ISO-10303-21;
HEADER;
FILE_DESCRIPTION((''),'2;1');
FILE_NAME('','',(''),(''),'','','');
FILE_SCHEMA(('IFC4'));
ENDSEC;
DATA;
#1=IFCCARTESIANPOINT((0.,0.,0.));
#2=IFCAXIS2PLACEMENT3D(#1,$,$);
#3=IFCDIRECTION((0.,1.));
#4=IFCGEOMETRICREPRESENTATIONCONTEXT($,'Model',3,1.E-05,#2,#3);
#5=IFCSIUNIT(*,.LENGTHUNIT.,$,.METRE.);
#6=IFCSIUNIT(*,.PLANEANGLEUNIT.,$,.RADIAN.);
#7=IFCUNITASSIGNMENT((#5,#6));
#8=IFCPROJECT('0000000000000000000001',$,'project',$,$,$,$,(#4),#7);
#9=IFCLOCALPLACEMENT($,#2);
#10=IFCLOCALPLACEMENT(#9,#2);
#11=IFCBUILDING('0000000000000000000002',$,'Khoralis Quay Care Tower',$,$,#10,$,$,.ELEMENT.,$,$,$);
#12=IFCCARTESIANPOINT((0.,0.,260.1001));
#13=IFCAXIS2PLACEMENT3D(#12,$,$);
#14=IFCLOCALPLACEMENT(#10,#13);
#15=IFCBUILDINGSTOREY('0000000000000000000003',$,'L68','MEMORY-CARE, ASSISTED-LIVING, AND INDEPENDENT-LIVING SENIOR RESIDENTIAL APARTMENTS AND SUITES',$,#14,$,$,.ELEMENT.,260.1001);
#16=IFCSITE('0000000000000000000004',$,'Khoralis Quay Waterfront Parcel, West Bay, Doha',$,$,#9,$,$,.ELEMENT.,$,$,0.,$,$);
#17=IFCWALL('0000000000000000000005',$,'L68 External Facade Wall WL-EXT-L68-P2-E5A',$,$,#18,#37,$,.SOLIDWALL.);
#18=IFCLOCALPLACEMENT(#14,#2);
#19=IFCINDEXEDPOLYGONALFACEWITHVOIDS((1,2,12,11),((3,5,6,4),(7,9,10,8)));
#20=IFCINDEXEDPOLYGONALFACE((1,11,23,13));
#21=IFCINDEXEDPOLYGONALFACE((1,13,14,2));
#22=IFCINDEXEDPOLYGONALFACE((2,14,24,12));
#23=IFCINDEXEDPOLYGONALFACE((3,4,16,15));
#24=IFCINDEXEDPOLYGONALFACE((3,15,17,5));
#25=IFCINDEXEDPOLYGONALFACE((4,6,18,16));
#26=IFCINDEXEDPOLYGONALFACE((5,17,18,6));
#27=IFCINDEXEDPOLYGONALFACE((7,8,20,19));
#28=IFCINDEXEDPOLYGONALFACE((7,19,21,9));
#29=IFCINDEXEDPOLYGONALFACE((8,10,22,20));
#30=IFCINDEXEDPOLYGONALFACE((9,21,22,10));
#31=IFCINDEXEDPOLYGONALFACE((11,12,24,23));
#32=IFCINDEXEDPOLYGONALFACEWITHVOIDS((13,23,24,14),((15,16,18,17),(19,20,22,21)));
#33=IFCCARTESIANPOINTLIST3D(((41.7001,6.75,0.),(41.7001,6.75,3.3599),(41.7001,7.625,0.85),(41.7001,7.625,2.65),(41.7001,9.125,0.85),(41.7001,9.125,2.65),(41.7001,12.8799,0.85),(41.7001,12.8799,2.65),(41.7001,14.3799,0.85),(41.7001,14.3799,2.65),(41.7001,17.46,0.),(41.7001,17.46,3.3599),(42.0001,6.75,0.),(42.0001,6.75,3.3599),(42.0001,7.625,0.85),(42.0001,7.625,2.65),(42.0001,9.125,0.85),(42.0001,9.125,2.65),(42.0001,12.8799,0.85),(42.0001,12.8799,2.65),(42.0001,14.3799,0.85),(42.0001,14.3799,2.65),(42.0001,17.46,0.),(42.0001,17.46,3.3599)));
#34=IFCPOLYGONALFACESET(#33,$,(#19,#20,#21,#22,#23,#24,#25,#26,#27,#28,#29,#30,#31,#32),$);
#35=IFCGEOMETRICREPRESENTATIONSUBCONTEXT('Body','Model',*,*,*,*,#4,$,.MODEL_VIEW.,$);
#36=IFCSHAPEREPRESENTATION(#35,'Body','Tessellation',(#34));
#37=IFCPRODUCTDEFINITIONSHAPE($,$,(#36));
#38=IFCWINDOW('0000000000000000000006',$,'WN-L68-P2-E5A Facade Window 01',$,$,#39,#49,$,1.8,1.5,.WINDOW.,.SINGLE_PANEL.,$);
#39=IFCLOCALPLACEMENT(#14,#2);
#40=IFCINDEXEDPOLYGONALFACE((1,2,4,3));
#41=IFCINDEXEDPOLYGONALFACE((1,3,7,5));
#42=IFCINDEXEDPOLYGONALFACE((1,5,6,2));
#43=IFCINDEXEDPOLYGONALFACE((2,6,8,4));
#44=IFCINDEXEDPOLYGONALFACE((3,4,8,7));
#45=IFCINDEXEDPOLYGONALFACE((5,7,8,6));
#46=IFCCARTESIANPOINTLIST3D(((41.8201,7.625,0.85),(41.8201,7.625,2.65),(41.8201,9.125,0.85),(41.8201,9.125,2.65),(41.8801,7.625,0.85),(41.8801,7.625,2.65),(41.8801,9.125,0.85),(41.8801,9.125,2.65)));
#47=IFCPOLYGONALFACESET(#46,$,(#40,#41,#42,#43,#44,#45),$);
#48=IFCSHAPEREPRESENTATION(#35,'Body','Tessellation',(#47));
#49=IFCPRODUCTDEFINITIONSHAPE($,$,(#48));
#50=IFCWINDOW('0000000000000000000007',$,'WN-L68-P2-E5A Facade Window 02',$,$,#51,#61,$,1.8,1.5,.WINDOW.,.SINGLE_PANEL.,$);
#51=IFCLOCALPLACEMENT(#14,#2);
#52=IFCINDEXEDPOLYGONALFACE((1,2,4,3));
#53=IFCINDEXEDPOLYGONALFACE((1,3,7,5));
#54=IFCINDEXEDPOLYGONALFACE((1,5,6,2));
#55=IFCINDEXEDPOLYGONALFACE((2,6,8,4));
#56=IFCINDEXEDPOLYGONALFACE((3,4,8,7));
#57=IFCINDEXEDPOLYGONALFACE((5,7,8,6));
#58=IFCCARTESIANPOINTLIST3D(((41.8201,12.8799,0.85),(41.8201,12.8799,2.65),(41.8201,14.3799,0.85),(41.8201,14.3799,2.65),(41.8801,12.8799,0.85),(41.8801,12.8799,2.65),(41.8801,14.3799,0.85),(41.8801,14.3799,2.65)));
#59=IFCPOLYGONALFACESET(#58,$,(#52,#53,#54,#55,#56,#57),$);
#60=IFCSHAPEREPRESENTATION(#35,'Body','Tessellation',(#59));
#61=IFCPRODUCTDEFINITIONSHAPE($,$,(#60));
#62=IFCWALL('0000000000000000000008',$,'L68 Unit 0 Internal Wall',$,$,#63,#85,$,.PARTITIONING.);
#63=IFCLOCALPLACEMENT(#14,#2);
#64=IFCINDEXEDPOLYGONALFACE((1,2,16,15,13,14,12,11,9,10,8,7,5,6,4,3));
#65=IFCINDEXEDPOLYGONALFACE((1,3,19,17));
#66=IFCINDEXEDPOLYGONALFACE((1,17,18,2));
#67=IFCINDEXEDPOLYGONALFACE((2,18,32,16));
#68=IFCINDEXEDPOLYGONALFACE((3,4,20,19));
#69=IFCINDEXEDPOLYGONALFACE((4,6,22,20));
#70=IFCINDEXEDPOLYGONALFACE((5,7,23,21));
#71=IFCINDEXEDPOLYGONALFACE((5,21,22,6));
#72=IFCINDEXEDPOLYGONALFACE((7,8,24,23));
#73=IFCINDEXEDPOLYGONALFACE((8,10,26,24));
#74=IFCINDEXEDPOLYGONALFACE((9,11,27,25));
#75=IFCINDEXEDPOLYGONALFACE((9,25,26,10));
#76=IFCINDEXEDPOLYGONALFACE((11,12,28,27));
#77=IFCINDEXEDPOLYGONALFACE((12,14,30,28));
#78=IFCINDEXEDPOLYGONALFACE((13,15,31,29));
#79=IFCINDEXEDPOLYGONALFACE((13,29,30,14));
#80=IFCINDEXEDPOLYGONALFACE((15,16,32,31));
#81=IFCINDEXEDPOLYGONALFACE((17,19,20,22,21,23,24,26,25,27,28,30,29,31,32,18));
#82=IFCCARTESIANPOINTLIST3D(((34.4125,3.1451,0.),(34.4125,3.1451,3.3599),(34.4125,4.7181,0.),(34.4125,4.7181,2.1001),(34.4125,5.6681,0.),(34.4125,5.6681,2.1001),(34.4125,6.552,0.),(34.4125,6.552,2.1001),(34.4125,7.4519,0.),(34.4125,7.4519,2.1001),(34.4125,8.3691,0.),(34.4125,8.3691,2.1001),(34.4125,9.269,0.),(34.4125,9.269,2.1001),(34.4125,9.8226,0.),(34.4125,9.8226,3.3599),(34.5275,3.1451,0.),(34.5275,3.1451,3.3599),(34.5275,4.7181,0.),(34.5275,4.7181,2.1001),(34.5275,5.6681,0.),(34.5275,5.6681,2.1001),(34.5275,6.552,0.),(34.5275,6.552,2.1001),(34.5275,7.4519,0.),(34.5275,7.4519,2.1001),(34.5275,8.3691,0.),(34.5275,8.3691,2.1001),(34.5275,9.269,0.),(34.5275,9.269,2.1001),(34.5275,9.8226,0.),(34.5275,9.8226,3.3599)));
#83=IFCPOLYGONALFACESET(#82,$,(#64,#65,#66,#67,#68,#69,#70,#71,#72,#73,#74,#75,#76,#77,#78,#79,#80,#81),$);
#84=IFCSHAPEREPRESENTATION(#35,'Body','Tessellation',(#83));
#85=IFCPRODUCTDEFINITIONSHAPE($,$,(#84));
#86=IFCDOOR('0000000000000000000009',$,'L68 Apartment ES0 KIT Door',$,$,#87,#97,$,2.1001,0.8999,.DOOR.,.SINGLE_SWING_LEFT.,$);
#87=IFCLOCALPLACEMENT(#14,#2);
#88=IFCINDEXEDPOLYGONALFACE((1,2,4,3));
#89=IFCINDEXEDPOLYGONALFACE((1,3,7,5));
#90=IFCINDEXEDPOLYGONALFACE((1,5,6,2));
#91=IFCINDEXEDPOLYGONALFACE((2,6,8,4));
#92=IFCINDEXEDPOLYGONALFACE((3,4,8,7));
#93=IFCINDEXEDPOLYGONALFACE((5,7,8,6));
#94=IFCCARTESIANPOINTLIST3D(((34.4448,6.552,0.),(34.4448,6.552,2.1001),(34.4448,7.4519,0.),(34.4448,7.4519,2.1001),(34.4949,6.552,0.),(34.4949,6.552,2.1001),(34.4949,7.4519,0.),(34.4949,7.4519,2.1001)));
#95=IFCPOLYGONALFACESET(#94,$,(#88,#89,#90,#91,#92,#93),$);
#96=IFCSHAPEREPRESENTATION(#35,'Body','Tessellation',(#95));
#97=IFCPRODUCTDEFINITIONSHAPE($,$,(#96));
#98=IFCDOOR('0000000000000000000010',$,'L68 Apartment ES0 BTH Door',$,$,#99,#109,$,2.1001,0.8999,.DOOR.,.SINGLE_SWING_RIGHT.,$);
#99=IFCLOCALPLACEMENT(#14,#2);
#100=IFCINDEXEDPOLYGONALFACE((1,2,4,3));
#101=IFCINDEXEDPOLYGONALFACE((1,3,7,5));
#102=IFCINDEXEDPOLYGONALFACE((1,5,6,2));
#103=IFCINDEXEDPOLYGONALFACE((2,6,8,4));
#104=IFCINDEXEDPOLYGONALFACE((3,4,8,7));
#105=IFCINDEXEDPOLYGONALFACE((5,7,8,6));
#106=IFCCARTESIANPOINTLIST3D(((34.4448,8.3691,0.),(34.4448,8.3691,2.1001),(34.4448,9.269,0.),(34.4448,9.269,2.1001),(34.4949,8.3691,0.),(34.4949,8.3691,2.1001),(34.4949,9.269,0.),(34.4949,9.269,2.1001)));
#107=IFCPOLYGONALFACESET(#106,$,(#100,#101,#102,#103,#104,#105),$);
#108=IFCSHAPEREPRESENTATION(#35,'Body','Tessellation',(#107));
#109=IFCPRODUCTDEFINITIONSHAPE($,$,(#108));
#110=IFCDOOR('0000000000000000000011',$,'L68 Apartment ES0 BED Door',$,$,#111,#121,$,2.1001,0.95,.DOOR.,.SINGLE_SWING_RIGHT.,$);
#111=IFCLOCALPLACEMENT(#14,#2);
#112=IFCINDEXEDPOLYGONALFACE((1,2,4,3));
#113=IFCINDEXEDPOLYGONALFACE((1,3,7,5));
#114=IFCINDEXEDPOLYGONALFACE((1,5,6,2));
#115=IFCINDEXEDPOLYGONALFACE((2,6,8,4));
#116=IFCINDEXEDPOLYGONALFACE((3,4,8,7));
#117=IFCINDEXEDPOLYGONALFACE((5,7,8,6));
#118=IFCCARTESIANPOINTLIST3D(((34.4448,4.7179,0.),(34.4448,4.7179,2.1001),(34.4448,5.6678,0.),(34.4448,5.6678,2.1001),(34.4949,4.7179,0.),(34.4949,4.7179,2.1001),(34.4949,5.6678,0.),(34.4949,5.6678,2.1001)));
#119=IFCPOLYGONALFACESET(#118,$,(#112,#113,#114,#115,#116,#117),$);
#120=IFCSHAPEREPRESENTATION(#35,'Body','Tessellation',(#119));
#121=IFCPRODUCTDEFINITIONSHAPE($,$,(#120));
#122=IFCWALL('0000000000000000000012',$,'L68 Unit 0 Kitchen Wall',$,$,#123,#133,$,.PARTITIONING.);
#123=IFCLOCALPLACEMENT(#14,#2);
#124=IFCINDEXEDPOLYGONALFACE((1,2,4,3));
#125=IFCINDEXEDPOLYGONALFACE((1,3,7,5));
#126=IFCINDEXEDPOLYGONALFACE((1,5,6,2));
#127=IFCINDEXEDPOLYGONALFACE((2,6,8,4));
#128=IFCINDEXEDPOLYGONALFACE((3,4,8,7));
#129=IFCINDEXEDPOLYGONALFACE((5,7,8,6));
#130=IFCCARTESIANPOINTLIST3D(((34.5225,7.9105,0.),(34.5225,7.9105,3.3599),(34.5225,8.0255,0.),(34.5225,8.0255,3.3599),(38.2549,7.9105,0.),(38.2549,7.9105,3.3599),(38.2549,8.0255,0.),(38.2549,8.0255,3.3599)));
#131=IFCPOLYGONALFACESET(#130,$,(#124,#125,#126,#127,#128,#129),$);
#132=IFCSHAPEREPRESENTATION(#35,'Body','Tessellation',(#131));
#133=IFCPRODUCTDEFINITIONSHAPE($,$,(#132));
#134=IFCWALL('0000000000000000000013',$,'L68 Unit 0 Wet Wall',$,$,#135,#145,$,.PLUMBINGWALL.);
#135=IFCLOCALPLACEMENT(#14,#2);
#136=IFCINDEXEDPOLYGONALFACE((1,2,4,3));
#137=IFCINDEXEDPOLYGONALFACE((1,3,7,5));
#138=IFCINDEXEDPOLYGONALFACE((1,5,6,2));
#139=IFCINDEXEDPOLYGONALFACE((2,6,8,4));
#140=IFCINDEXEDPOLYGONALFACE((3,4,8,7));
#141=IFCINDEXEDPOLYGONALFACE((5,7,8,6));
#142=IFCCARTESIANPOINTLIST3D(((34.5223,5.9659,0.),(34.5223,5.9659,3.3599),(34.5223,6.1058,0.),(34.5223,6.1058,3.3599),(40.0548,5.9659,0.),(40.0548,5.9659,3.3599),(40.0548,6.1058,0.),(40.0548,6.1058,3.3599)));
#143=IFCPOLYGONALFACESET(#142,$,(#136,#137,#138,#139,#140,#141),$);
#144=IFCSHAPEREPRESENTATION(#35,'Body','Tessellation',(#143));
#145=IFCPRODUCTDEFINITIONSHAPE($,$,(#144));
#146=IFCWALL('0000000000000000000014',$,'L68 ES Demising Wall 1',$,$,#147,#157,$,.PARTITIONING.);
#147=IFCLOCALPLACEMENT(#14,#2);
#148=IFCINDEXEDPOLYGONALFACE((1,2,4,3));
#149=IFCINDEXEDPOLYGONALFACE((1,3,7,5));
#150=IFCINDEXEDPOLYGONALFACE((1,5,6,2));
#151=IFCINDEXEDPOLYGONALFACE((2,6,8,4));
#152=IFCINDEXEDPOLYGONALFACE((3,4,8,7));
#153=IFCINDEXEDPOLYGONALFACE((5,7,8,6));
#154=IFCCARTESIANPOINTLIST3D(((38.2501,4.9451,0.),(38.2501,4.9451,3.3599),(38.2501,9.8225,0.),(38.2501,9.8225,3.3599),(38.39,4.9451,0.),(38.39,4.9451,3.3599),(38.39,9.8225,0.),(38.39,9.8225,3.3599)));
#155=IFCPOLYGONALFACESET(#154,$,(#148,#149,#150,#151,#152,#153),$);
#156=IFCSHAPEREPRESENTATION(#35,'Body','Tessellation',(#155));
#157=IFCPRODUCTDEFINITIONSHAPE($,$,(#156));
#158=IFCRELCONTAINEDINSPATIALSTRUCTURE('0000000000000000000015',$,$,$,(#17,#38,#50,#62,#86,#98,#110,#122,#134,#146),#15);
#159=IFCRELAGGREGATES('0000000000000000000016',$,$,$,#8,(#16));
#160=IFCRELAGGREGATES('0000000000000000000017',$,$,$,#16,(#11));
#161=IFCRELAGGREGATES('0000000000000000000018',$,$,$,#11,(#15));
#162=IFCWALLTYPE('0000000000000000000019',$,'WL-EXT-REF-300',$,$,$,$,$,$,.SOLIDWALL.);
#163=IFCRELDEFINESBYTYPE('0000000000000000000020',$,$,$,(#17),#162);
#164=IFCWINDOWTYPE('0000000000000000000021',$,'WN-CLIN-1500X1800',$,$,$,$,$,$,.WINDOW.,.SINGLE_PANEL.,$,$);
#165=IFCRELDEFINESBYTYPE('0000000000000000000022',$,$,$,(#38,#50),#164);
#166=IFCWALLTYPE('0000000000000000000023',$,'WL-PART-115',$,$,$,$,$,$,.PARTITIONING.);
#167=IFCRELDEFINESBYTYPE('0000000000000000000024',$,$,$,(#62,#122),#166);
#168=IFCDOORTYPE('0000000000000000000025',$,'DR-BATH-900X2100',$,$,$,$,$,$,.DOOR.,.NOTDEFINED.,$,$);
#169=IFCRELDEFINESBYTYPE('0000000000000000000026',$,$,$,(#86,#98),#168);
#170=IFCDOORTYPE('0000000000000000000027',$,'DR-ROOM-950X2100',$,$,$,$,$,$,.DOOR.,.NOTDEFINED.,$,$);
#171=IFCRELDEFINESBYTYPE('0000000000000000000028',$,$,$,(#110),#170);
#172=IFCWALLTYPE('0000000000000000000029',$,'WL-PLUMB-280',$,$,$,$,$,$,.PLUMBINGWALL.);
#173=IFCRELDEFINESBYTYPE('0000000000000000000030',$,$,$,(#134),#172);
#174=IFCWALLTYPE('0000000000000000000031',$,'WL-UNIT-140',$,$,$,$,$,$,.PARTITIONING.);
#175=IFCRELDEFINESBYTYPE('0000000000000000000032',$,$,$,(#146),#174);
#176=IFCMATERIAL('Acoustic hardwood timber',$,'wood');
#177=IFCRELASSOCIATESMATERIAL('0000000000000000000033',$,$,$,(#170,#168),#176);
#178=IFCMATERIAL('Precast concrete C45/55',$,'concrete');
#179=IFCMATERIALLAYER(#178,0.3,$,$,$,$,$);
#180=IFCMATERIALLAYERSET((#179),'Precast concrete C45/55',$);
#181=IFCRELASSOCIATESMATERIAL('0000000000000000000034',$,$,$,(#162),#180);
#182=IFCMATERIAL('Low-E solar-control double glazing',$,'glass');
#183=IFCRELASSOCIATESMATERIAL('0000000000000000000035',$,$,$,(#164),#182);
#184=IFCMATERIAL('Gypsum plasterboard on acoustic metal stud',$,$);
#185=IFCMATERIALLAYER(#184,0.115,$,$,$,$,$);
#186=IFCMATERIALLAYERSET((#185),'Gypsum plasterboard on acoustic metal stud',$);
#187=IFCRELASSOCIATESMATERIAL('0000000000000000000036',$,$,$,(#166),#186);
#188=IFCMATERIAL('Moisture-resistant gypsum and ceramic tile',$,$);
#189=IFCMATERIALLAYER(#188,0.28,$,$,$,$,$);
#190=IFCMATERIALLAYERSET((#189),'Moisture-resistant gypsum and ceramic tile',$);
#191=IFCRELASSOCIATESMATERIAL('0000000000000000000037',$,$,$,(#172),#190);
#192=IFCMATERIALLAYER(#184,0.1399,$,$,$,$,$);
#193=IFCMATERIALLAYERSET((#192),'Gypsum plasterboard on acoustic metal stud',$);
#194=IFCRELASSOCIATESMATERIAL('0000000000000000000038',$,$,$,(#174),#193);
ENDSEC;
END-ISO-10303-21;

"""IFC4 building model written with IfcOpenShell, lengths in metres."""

from ifc_helpers import new_model, si_unit, direction, frame, frame_2d, origin, place, context, subcontext, project, spatial, rectangle, extrude, source, transform, mapped, material, layer, layer_set, type_object, element, fill, save


model = new_model("IFC4")

# Units and contexts
model_context = context("Model", 3, precision=1e-05, world=origin(), true_north=direction((0.0, 1.0)))
body_context = subcontext(model_context, "Body", "Model", "MODEL_VIEW")
ifc_project = project(units=[si_unit("LENGTHUNIT", "METRE"), si_unit("PLANEANGLEUNIT", "RADIAN")], contexts=[model_context])

# Site, building, storey
site_placement = place(None, origin())
site = spatial("IfcSite", under=ifc_project, at=site_placement, Name="Khoralis Quay Waterfront Parcel, West Bay, Doha", CompositionType="ELEMENT", RefElevation=0.0)
building_placement = place(site_placement, origin())
building = spatial("IfcBuilding", under=site, at=building_placement, Name="Khoralis Quay Care Tower", CompositionType="ELEMENT")
storey_placement = place(building_placement, frame((0.0, 0.0, 260.1001)))
storey = spatial("IfcBuildingStorey", under=building, at=storey_placement, Name="L68", Description="MEMORY-CARE, ASSISTED-LIVING, AND INDEPENDENT-LIVING SENIOR RESIDENTIAL APARTMENTS AND SUITES", CompositionType="ELEMENT", Elevation=260.1001)

# Shared definitions
ifc_material_1 = material(Name="Gypsum plasterboard on acoustic metal stud")

# Shared definitions
ifc_material_2 = material(Name="Acoustic hardwood timber", Category="wood")
door_type_1 = type_object("IfcDoorType", Name="DR-ROOM-950X2100", OperationType="NOTDEFINED", PredefinedType="DOOR", material=ifc_material_2)
shared_shape_1 = source(origin(), body_context, "Body", "SweptSolid", [
    extrude(rectangle(XDim=0.95, YDim=2.1001, at=frame_2d((0.4751, 1.05))), frame((0.0, 0.0249, 0.0), z_axis=(0.0, -1.0, 0.0), x_axis=(1.0, 0.0, 0.0)), (0.0, 0.0, 1.0), 0.05),
])

# Shared definitions
ifc_material_3 = material(Name="Precast concrete C45/55", Category="concrete")
ifc_layer_1 = layer(ifc_material_3, 0.3)
ifc_layer_set_1 = layer_set([ifc_layer_1], Name="Precast concrete C45/55")
wall_type_1 = type_object("IfcWallType", Name="WL-EXT-REF-300", PredefinedType="SOLIDWALL", material=ifc_layer_set_1)

# Wall, openings, windows
wall_1_placement = place(storey_placement, frame((41.8501, 6.75, 0.0), z_axis=(0.0, 0.0, 1.0), x_axis=(0.0, 1.0, 0.0)))
wall_1 = element("IfcWall", 1, at=wall_1_placement, inside=storey, type_object=wall_type_1, Name="L68 External Facade Wall WL-EXT-L68-P2-E5A", PredefinedType="SOLIDWALL", context=body_context, shape_type="SweptSolid", body=[
    extrude(rectangle(XDim=10.71, YDim=0.3, at=frame_2d((5.355, 0.0))), origin(), (0.0, 0.0, 1.0), 3.3599),
])
opening_1_placement = place(wall_1_placement, frame((0.875, 0.0, 0.8501)))
opening_1 = element("IfcOpeningElement", 2, at=opening_1_placement, cuts=wall_1, PredefinedType="OPENING", context=body_context, shape_type="SweptSolid", body=[
    extrude(rectangle(XDim=1.5, YDim=1.8, at=frame_2d((0.75, 0.8999))), frame((0.0, 0.1602, 0.0), z_axis=(0.0, -1.0, 0.0), x_axis=(1.0, 0.0, 0.0)), (0.0, 0.0, 1.0), 0.3201),
])
opening_2_placement = place(wall_1_placement, frame((6.1299, 0.0, 0.8501)))
opening_2 = element("IfcOpeningElement", 3, at=opening_2_placement, cuts=wall_1, PredefinedType="OPENING", context=body_context, shape_type="SweptSolid", body=[
    extrude(rectangle(XDim=1.5, YDim=1.8, at=frame_2d((0.75, 0.8999))), frame((0.0, 0.1602, 0.0), z_axis=(0.0, -1.0, 0.0), x_axis=(1.0, 0.0, 0.0)), (0.0, 0.0, 1.0), 0.3201),
])
ifc_material_4 = material(Name="Low-E solar-control double glazing", Category="glass")
window_type = type_object("IfcWindowType", Name="WN-CLIN-1500X1800", PartitioningType="SINGLE_PANEL", PredefinedType="WINDOW", material=ifc_material_4)
shared_shape_2 = source(origin(), body_context, "Body", "SweptSolid", [
    extrude(rectangle(XDim=1.5, YDim=1.8, at=frame_2d((0.75, 0.8999))), frame((0.0, 0.03, 0.0), z_axis=(0.0, -1.0, 0.0), x_axis=(1.0, 0.0, 0.0)), (0.0, 0.0, 1.0), 0.0601),
])
window_1_placement = place(opening_1_placement, origin())
window_1 = element("IfcWindow", 4, at=window_1_placement, inside=storey, type_object=window_type, Name="WN-L68-P2-E5A Facade Window 01", OverallHeight=1.8, OverallWidth=1.5, PartitioningType="SINGLE_PANEL", PredefinedType="WINDOW", context=body_context, shape_type="MappedRepresentation", body=[
    mapped(shared_shape_2, transform((0.0, 0.0, 0.0), scale=1.0)),
])
fill(opening_1, window_1)
window_2_placement = place(opening_2_placement, origin())
window_2 = element("IfcWindow", 5, at=window_2_placement, inside=storey, type_object=window_type, Name="WN-L68-P2-E5A Facade Window 02", OverallHeight=1.8, OverallWidth=1.5, PartitioningType="SINGLE_PANEL", PredefinedType="WINDOW", context=body_context, shape_type="MappedRepresentation", body=[
    mapped(shared_shape_2, transform((0.0, 0.0, 0.0), scale=1.0)),
])
fill(opening_2, window_2)

# Wall, openings, doors
ifc_layer_2 = layer(ifc_material_1, 0.115)
ifc_layer_set_2 = layer_set([ifc_layer_2], Name="Gypsum plasterboard on acoustic metal stud")
wall_type_2 = type_object("IfcWallType", Name="WL-PART-115", PredefinedType="PARTITIONING", material=ifc_layer_set_2)
wall_2_placement = place(storey_placement, frame((34.47, 3.145, 0.0), z_axis=(0.0, 0.0, 1.0), x_axis=(0.0, 1.0, 0.0)))
wall_2 = element("IfcWall", 6, at=wall_2_placement, inside=storey, type_object=wall_type_2, Name="L68 Unit 0 Internal Wall", PredefinedType="PARTITIONING", context=body_context, shape_type="SweptSolid", body=[
    extrude(rectangle(XDim=6.6775, YDim=0.115, at=frame_2d((3.3389, 0.0))), origin(), (0.0, 0.0, 1.0), 3.3599),
])
opening_3_placement = place(wall_2_placement, frame((1.573, 0.0, 0.0)))
opening_3 = element("IfcOpeningElement", 7, at=opening_3_placement, cuts=wall_2, PredefinedType="OPENING", context=body_context, shape_type="SweptSolid", body=[
    extrude(rectangle(XDim=0.95, YDim=2.1001, at=frame_2d((0.4751, 1.05))), frame((0.0, 0.0674, 0.0), z_axis=(0.0, -1.0, 0.0), x_axis=(1.0, 0.0, 0.0)), (0.0, 0.0, 1.0), 0.135),
])
opening_4_placement = place(wall_2_placement, frame((3.407, 0.0, 0.0)))
opening_4 = element("IfcOpeningElement", 8, at=opening_4_placement, cuts=wall_2, PredefinedType="OPENING", context=body_context, shape_type="SweptSolid", body=[
    extrude(rectangle(XDim=0.8999, YDim=2.1001, at=frame_2d((0.45, 1.05))), frame((0.0, 0.0674, 0.0), z_axis=(0.0, -1.0, 0.0), x_axis=(1.0, 0.0, 0.0)), (0.0, 0.0, 1.0), 0.135),
])
opening_5_placement = place(wall_2_placement, frame((5.2241, 0.0, 0.0)))
opening_5 = element("IfcOpeningElement", 9, at=opening_5_placement, cuts=wall_2, PredefinedType="OPENING", context=body_context, shape_type="SweptSolid", body=[
    extrude(rectangle(XDim=0.8999, YDim=2.1001, at=frame_2d((0.45, 1.05))), frame((0.0, 0.0674, 0.0), z_axis=(0.0, -1.0, 0.0), x_axis=(1.0, 0.0, 0.0)), (0.0, 0.0, 1.0), 0.135),
])
door_type_2 = type_object("IfcDoorType", Name="DR-BATH-900X2100", OperationType="NOTDEFINED", PredefinedType="DOOR", material=ifc_material_2)
shared_shape_3 = source(origin(), body_context, "Body", "SweptSolid", [
    extrude(rectangle(XDim=0.8999, YDim=2.1001, at=frame_2d((0.45, 1.05))), frame((0.0, 0.0249, 0.0), z_axis=(0.0, -1.0, 0.0), x_axis=(1.0, 0.0, 0.0)), (0.0, 0.0, 1.0), 0.05),
])
door_1_placement = place(opening_4_placement, frame((0.8999, 0.0, 0.0), z_axis=(0.0, 0.0, 1.0), x_axis=(-1.0, 0.0, 0.0)))
door_1 = element("IfcDoor", 10, at=door_1_placement, inside=storey, type_object=door_type_2, Name="L68 Apartment ES0 KIT Door", OperationType="SINGLE_SWING_LEFT", OverallHeight=2.1001, OverallWidth=0.8999, PredefinedType="DOOR", context=body_context, shape_type="MappedRepresentation", body=[
    mapped(shared_shape_3, transform((0.0, 0.0, 0.0), scale=1.0)),
])
fill(opening_4, door_1)
door_2_placement = place(opening_5_placement, frame((0.8999, 0.0, 0.0), z_axis=(0.0, 0.0, 1.0), x_axis=(-1.0, 0.0, 0.0)))
door_2 = element("IfcDoor", 11, at=door_2_placement, inside=storey, type_object=door_type_2, Name="L68 Apartment ES0 BTH Door", OperationType="SINGLE_SWING_RIGHT", OverallHeight=2.1001, OverallWidth=0.8999, PredefinedType="DOOR", context=body_context, shape_type="MappedRepresentation", body=[
    mapped(shared_shape_3, transform((0.0, 0.0, 0.0), scale=1.0)),
])
fill(opening_5, door_2)
door_3_placement = place(opening_3_placement, frame((0.95, 0.0, 0.0), z_axis=(0.0, 0.0, 1.0), x_axis=(-1.0, 0.0, 0.0)))
door_3 = element("IfcDoor", 12, at=door_3_placement, inside=storey, type_object=door_type_1, Name="L68 Apartment ES0 BED Door", OperationType="SINGLE_SWING_RIGHT", OverallHeight=2.1001, OverallWidth=0.95, PredefinedType="DOOR", context=body_context, shape_type="MappedRepresentation", body=[
    mapped(shared_shape_1, transform((0.0, 0.0, 0.0), scale=1.0)),
])
fill(opening_3, door_3)

# Walls
wall_3_placement = place(storey_placement, frame((34.5225, 7.968, 0.0), z_axis=(0.0, 0.0, 1.0), x_axis=(1.0, 0.0, 0.0)))
element("IfcWall", 13, at=wall_3_placement, inside=storey, type_object=wall_type_2, Name="L68 Unit 0 Kitchen Wall", PredefinedType="PARTITIONING", context=body_context, shape_type="SweptSolid", body=[
    extrude(rectangle(XDim=3.7324, YDim=0.115, at=frame_2d((1.8662, 0.0))), origin(), (0.0, 0.0, 1.0), 3.3599),
])
ifc_material_5 = material(Name="Moisture-resistant gypsum and ceramic tile")
ifc_layer_3 = layer(ifc_material_5, 0.28)
ifc_layer_set_3 = layer_set([ifc_layer_3], Name="Moisture-resistant gypsum and ceramic tile")
wall_type_3 = type_object("IfcWallType", Name="WL-PLUMB-280", PredefinedType="PLUMBINGWALL", material=ifc_layer_set_3)
wall_4_placement = place(storey_placement, frame((34.5225, 6.0359, 0.0), z_axis=(0.0, 0.0, 1.0), x_axis=(1.0, 0.0, 0.0)))
element("IfcWall", 14, at=wall_4_placement, inside=storey, type_object=wall_type_3, Name="L68 Unit 0 Wet Wall", PredefinedType="PLUMBINGWALL", context=body_context, shape_type="SweptSolid", body=[
    extrude(rectangle(XDim=5.5325, YDim=0.1399, at=frame_2d((2.7661, 0.0))), origin(), (0.0, 0.0, 1.0), 3.3599),
])
ifc_layer_4 = layer(ifc_material_1, 0.1399)
ifc_layer_set_4 = layer_set([ifc_layer_4], Name="Gypsum plasterboard on acoustic metal stud")
wall_type_4 = type_object("IfcWallType", Name="WL-UNIT-140", PredefinedType="PARTITIONING", material=ifc_layer_set_4)
wall_5_placement = place(storey_placement, frame((38.3201, 4.9451, 0.0), z_axis=(0.0, 0.0, 1.0), x_axis=(0.0, 1.0, 0.0)))
element("IfcWall", 15, at=wall_5_placement, inside=storey, type_object=wall_type_4, Name="L68 ES Demising Wall 1", PredefinedType="PARTITIONING", context=body_context, shape_type="SweptSolid", body=[
    extrude(rectangle(XDim=4.8774, YDim=0.1399, at=frame_2d((2.4387, 0.0))), origin(), (0.0, 0.0, 1.0), 3.3599),
])

save(model, "model.ifc")
